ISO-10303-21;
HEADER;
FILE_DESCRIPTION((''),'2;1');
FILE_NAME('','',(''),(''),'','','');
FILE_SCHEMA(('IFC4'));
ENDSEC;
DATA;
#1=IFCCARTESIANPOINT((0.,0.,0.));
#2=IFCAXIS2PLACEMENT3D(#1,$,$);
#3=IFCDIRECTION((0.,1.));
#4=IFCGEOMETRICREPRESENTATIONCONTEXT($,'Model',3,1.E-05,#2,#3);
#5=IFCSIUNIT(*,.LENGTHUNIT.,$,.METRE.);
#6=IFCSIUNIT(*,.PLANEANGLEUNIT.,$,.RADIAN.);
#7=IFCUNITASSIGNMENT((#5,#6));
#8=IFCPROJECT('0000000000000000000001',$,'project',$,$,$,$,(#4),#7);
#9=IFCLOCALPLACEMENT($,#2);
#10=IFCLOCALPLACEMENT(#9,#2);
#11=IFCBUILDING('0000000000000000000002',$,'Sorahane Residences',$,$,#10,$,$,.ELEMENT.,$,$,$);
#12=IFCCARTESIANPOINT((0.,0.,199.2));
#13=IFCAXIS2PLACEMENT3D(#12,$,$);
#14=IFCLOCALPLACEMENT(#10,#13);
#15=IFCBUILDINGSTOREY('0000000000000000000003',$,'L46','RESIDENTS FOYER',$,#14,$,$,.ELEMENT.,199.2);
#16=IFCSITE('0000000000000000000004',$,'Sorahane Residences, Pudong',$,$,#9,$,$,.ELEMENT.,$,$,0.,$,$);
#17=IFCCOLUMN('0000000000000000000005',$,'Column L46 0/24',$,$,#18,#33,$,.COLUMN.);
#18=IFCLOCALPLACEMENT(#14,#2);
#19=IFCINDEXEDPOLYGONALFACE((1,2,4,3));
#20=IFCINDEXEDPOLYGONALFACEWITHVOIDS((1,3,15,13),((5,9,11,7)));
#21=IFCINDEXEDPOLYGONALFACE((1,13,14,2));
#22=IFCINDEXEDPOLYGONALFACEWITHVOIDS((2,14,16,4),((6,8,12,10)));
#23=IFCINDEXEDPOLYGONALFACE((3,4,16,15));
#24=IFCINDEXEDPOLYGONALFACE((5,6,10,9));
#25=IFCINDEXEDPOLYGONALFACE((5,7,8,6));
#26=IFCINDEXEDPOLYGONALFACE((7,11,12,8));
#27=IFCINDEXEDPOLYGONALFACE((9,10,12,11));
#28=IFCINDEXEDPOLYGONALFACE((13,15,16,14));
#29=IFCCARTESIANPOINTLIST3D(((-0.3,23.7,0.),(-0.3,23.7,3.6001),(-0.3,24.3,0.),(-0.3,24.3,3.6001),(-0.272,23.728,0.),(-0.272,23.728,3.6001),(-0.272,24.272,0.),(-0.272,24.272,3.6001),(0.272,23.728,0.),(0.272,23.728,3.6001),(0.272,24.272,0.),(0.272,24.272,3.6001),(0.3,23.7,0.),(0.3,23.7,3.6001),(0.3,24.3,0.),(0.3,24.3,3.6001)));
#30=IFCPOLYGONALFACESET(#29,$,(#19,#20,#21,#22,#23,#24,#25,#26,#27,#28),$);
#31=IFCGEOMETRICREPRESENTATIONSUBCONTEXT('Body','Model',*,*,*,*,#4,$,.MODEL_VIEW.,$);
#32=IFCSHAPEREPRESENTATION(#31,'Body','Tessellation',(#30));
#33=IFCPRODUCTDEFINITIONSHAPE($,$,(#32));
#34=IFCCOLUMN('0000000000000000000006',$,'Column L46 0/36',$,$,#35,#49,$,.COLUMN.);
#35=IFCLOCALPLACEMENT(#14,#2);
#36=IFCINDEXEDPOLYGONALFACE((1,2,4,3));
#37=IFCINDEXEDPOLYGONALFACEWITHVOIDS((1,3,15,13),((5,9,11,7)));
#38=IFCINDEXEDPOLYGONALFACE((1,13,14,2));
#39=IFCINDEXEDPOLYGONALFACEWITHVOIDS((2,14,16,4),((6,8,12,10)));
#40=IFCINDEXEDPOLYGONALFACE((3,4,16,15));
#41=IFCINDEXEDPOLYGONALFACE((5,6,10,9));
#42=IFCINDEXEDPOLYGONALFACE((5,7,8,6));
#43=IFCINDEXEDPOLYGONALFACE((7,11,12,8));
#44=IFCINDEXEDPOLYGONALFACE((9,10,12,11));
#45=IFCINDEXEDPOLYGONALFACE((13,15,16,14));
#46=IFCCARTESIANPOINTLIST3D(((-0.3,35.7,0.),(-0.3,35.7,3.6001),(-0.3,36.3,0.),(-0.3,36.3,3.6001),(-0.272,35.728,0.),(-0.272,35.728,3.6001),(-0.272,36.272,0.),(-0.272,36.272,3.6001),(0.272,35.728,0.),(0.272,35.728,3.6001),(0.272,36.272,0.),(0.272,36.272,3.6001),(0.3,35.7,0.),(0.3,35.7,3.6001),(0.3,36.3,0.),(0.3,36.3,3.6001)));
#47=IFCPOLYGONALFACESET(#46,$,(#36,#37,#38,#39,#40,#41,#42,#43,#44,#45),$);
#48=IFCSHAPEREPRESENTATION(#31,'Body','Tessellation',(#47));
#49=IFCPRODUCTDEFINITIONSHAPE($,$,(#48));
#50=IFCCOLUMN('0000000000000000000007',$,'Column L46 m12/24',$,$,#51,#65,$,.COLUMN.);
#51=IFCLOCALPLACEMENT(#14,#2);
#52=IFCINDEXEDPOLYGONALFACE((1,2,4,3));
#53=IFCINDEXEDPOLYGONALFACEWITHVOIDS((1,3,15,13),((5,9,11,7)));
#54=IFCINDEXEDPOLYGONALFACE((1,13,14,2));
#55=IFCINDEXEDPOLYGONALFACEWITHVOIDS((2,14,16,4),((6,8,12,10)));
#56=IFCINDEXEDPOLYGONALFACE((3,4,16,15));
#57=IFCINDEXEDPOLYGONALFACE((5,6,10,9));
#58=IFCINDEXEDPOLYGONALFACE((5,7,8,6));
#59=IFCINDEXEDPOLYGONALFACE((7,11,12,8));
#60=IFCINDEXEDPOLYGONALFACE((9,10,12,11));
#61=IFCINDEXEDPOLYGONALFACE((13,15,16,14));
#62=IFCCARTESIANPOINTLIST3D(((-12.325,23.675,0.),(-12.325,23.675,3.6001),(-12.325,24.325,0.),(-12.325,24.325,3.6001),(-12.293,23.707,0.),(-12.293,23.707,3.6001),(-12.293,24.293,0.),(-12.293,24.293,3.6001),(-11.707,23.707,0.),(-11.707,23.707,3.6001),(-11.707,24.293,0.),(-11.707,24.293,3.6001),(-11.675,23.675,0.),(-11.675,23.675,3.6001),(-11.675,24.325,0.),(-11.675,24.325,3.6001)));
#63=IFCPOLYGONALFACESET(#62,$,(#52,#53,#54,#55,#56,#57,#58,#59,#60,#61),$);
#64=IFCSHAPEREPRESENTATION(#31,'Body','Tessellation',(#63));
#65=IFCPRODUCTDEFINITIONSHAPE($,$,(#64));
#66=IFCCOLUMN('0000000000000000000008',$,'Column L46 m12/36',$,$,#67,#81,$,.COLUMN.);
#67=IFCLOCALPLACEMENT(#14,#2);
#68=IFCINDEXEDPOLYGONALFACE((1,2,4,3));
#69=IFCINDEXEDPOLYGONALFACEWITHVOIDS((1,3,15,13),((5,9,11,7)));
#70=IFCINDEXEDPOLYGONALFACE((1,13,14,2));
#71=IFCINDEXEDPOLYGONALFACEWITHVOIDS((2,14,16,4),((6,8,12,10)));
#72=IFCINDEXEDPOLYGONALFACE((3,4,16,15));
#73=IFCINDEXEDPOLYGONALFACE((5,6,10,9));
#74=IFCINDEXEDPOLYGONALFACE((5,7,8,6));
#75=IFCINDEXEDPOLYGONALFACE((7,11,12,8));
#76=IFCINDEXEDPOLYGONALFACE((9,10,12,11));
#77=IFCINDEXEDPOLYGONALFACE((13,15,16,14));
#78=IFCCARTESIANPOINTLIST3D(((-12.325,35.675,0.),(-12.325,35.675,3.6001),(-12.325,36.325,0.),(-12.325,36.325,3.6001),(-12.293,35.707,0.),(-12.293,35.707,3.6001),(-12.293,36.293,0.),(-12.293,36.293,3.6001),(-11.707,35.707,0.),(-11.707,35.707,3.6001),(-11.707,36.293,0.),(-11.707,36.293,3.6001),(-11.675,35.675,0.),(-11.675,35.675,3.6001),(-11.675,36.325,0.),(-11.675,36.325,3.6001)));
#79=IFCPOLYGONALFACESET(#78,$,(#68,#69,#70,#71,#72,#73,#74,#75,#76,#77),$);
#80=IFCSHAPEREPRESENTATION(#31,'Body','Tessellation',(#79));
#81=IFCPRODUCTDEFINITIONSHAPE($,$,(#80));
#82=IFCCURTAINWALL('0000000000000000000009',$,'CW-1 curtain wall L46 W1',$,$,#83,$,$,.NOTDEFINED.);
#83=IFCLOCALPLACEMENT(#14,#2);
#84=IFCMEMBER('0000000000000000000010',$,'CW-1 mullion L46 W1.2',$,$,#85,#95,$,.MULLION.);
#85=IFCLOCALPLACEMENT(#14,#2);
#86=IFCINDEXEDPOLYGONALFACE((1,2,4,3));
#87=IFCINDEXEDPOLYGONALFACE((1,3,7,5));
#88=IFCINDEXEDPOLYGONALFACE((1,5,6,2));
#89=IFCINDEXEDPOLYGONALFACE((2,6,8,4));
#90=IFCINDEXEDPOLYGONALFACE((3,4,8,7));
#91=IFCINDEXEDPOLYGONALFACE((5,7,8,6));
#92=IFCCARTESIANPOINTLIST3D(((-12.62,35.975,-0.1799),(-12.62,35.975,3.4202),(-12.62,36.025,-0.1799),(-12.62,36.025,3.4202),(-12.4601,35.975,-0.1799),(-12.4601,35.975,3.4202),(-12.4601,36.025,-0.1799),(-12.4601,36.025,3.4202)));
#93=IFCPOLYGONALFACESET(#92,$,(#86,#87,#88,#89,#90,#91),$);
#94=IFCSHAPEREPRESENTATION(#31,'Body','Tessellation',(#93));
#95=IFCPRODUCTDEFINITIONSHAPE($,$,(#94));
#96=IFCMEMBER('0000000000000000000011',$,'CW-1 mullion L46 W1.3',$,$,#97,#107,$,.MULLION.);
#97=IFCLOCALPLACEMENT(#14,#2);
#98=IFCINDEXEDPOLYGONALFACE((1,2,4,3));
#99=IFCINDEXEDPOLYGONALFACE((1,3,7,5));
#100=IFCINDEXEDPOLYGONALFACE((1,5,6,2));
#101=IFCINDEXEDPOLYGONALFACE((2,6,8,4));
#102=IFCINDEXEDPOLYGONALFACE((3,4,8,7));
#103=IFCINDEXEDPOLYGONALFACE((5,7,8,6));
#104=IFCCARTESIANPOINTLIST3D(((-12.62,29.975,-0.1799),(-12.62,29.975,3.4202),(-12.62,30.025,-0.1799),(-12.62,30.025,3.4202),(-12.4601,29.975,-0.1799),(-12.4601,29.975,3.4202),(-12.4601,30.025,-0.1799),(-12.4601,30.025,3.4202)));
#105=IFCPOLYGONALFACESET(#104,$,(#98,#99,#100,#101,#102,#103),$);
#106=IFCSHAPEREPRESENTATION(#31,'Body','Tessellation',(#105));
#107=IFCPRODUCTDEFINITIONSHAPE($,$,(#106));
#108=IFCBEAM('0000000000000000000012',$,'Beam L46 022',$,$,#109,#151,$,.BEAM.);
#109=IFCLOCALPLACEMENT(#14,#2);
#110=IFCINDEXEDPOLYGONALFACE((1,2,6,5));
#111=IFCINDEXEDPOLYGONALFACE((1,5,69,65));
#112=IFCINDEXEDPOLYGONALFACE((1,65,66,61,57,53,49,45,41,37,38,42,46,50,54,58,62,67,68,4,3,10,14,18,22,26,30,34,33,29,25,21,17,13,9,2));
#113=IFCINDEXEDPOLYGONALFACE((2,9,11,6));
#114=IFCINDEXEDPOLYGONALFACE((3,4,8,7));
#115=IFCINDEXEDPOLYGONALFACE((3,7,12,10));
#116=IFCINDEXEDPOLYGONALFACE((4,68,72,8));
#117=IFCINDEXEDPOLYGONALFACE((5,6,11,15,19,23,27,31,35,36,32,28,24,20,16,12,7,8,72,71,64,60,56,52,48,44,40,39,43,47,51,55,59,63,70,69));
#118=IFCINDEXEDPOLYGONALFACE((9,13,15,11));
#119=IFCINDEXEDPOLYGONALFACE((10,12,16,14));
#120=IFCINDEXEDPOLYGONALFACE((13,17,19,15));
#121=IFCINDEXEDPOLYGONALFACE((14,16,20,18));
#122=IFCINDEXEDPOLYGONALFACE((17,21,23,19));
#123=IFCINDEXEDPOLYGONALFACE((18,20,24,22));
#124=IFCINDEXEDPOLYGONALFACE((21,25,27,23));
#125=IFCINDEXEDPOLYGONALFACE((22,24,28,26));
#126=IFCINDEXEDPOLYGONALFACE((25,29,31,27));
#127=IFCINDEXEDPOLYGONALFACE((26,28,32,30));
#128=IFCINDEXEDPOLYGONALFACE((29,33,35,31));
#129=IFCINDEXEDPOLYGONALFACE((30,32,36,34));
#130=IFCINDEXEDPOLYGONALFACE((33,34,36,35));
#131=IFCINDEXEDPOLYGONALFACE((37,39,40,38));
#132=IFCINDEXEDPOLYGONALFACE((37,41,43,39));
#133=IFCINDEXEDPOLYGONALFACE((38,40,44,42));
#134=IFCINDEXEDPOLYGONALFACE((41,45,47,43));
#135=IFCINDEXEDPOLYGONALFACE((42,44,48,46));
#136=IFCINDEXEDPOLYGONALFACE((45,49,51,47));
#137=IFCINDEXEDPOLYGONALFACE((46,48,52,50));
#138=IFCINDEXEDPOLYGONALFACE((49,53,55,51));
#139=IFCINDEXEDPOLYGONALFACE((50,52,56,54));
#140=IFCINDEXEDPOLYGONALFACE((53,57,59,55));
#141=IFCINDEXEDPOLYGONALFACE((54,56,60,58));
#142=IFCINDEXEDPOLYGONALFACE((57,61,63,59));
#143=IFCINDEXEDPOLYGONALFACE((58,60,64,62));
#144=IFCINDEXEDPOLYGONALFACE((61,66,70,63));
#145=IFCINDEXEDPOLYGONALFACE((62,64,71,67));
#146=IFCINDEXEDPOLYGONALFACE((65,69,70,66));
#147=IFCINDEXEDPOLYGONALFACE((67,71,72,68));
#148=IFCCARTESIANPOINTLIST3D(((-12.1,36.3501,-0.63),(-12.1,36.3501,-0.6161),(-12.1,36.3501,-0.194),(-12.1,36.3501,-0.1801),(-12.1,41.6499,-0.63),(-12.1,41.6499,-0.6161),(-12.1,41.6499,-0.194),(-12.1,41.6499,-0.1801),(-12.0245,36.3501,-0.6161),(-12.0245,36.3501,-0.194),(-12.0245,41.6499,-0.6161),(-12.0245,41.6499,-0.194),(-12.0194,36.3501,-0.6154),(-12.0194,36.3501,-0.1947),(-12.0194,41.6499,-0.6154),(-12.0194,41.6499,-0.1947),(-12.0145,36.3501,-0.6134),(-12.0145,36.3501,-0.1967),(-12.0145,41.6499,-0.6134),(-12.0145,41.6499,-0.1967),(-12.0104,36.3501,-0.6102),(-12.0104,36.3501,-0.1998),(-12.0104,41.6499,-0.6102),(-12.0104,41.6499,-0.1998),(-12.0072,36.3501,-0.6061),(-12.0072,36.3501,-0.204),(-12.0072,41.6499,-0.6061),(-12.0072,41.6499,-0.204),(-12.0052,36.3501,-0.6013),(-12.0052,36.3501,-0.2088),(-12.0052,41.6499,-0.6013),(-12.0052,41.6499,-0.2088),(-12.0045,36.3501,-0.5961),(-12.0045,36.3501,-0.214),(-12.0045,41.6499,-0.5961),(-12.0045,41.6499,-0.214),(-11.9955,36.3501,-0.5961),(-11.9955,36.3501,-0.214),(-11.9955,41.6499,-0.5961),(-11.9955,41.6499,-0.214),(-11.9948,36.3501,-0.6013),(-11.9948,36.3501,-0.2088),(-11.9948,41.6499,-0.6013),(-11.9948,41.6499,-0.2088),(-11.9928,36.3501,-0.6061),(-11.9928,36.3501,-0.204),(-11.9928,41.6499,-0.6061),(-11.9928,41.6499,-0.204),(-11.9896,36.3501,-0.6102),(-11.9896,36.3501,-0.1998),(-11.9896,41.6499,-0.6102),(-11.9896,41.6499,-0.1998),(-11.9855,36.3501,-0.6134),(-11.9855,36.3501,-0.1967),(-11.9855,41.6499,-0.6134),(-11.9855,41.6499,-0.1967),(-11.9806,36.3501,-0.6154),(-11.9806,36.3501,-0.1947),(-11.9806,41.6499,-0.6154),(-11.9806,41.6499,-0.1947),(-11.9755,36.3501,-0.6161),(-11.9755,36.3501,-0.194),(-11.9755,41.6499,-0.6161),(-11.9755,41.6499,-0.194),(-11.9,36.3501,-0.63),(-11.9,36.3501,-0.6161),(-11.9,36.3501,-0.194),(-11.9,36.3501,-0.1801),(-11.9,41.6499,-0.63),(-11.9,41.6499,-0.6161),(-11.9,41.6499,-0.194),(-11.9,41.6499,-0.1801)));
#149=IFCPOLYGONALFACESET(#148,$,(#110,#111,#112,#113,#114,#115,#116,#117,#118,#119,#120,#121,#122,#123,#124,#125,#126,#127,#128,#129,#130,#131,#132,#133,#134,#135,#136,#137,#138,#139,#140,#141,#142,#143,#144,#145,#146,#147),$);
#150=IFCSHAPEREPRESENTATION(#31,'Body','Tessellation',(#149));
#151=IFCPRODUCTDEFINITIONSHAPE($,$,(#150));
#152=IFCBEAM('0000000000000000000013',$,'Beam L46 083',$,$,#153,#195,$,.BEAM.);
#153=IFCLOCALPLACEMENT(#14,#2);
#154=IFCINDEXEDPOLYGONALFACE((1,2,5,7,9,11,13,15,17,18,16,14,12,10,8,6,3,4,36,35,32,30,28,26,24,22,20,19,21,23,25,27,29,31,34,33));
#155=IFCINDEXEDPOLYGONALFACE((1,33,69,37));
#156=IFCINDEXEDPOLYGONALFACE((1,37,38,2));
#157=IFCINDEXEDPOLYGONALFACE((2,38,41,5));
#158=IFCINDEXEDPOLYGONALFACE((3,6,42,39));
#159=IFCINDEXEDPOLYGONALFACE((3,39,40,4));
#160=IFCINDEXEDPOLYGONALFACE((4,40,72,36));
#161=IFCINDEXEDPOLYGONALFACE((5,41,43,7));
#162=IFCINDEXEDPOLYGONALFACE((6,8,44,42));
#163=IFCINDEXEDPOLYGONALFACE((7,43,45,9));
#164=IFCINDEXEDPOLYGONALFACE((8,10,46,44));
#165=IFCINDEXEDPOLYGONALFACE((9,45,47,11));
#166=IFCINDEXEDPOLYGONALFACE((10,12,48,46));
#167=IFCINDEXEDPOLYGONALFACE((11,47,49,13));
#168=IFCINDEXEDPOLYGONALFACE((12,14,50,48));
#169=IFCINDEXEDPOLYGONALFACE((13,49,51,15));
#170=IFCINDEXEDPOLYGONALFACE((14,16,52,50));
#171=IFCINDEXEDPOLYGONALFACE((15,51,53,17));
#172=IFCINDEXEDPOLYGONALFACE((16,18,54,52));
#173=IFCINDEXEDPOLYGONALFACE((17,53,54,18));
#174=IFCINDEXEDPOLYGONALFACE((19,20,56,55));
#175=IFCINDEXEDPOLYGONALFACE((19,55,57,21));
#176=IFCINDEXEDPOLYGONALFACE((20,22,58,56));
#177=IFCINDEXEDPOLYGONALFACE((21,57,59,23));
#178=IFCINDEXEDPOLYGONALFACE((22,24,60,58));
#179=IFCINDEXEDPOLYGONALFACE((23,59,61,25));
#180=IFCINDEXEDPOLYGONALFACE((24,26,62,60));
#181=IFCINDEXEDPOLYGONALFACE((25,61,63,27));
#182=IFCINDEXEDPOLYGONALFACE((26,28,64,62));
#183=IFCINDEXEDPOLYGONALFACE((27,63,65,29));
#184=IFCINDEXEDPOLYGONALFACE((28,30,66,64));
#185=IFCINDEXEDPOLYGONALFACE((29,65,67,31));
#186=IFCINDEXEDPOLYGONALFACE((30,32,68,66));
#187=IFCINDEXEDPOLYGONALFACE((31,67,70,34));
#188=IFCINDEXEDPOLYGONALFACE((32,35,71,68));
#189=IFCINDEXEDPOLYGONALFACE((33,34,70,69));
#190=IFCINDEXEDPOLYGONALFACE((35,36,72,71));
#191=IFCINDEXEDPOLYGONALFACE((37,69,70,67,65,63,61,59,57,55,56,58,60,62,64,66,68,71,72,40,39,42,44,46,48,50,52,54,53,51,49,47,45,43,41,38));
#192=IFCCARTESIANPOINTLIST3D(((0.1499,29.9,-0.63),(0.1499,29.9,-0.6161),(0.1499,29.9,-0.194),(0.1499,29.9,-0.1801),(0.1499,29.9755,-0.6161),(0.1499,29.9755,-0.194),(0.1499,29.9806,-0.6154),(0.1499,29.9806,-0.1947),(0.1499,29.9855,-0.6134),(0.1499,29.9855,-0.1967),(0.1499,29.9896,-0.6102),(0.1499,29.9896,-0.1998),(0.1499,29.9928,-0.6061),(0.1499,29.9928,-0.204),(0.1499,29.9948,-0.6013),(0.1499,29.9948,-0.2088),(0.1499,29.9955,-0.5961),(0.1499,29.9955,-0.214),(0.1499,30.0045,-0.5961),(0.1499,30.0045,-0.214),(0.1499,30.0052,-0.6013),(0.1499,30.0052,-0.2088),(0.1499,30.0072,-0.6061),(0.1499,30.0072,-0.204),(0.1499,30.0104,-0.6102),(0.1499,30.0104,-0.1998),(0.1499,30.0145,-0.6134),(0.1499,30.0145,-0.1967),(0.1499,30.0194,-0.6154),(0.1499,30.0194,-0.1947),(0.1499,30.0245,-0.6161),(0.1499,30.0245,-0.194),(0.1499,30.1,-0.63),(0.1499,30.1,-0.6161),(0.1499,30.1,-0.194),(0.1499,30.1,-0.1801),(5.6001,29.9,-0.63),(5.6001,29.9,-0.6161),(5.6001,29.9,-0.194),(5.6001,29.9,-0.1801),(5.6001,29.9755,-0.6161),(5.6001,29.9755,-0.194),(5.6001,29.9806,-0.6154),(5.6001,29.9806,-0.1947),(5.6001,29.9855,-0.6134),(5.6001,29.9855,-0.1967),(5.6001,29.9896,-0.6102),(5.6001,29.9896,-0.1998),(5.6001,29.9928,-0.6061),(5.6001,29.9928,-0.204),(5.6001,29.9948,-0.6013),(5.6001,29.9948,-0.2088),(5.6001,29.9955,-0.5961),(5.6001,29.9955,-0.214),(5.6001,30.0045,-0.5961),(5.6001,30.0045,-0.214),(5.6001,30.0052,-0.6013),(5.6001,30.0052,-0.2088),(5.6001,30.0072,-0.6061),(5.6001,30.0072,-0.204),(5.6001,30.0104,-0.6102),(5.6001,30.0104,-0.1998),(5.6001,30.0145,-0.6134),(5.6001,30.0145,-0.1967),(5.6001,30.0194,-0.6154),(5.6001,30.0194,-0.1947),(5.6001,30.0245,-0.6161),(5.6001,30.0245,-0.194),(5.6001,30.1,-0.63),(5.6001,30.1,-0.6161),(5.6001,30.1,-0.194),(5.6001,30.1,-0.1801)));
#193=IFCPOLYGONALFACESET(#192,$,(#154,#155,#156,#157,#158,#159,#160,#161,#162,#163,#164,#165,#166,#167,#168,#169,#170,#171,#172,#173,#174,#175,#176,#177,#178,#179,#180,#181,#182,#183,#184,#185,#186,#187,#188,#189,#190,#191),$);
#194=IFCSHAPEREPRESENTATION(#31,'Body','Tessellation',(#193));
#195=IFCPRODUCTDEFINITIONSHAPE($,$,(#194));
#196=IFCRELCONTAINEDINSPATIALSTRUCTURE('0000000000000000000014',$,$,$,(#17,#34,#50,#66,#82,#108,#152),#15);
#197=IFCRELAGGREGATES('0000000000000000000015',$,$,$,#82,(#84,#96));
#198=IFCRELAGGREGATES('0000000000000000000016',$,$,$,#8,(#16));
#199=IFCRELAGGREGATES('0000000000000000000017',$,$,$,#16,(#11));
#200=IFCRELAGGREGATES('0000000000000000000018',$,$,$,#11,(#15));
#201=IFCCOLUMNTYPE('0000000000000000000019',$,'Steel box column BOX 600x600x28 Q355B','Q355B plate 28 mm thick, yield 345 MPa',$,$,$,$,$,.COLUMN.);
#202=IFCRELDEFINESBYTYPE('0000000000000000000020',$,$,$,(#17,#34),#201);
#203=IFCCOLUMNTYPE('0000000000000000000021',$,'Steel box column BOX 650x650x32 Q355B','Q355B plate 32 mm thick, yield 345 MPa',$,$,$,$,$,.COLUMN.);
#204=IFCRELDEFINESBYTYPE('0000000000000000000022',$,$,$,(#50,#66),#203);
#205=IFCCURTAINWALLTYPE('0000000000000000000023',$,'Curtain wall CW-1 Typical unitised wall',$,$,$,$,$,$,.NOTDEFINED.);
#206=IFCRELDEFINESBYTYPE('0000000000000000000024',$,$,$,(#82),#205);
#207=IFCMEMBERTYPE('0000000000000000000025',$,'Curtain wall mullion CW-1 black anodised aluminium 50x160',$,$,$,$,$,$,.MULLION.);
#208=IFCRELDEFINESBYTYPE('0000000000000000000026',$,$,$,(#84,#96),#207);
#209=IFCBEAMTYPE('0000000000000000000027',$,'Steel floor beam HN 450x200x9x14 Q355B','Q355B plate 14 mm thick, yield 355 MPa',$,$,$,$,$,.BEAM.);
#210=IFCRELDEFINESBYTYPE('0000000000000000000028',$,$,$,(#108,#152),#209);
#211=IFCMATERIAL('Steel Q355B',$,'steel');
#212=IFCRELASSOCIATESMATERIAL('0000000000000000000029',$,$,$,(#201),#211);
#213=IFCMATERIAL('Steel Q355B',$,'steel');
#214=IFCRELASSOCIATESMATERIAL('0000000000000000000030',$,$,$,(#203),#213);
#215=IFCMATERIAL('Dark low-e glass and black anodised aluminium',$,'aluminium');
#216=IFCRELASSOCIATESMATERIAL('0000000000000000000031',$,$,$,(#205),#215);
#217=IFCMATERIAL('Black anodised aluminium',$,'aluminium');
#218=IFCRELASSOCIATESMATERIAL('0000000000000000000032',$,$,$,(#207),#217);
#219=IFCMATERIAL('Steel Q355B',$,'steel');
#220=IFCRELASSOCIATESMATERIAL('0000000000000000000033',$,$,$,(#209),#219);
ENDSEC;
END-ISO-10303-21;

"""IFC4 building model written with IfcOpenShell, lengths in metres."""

from ifc_helpers import new_model, si_unit, direction, frame, origin, origin_2d, place, context, subcontext, project, spatial, rectangle, hollow_rectangle, i_section, extrude, material, material_profile, profile_set, type_object, element, aggregate, save


model = new_model("IFC4")

# Units and contexts
model_context = context("Model", 3, precision=1e-05, world=origin(), true_north=direction((0.0, 1.0)))
body_context = subcontext(model_context, "Body", "Model", "MODEL_VIEW")
ifc_project = project(units=[si_unit("LENGTHUNIT", "METRE"), si_unit("PLANEANGLEUNIT", "RADIAN")], contexts=[model_context])

# Site, building, storey
site_placement = place(None, origin())
site = spatial("IfcSite", under=ifc_project, at=site_placement, Name="Sorahane Residences, Pudong", CompositionType="ELEMENT", RefElevation=0.0)
building_placement = place(site_placement, origin())
building = spatial("IfcBuilding", under=site, at=building_placement, Name="Sorahane Residences", CompositionType="ELEMENT")
storey_placement = place(building_placement, frame((0.0, 0.0, 199.2)))
storey = spatial("IfcBuildingStorey", under=building, at=storey_placement, Name="L46", Description="RESIDENTS FOYER", CompositionType="ELEMENT", Elevation=199.2)

# Columns
ifc_material_1 = material(Name="Steel Q355B", Category="steel")
ifc_material_profile_1 = material_profile(ifc_material_1, hollow_rectangle(XDim=0.6001, YDim=0.6001, WallThickness=0.0281, at=origin_2d()), Name="BOX 600x600x28")
ifc_profile_set_1 = profile_set([ifc_material_profile_1], Name="Steel Q355B")
column_type_1 = type_object("IfcColumnType", Name="Steel box column BOX 600x600x28 Q355B", Description="Q355B plate 28 mm thick, yield 345 MPa", PredefinedType="COLUMN", material=ifc_profile_set_1)
for number, where, z_axis, x_axis, name in (
    (1, (0.0, 24.0, 0.0), (0.0, 0.0, 1.0), (1.0, 0.0, 0.0), "Column L46 0/24"),
    (2, (0.0, 36.0, 0.0), (0.0, 0.0, 1.0), (1.0, 0.0, 0.0), "Column L46 0/36"),
):
    element("IfcColumn", number, at=place(storey_placement, frame(where, z_axis=z_axis, x_axis=x_axis)), inside=storey, type_object=column_type_1, Name=name, PredefinedType="COLUMN", context=body_context, shape_type="SweptSolid", body=[
        extrude(hollow_rectangle(XDim=0.6001, YDim=0.6001, WallThickness=0.0281, at=origin_2d()), origin(), (0.0, 0.0, 1.0), 3.6001),
    ])
ifc_material_2 = material(Name="Steel Q355B", Category="steel")
ifc_material_profile_2 = material_profile(ifc_material_2, hollow_rectangle(XDim=0.6499, YDim=0.6499, WallThickness=0.032, at=origin_2d()), Name="BOX 650x650x32")
ifc_profile_set_2 = profile_set([ifc_material_profile_2], Name="Steel Q355B")
column_type_2 = type_object("IfcColumnType", Name="Steel box column BOX 650x650x32 Q355B", Description="Q355B plate 32 mm thick, yield 345 MPa", PredefinedType="COLUMN", material=ifc_profile_set_2)
for number, where, z_axis, x_axis, name in (
    (3, (-12.0, 24.0, 0.0), (0.0, 0.0, 1.0), (1.0, 0.0, 0.0), "Column L46 m12/24"),
    (4, (-12.0, 36.0, 0.0), (0.0, 0.0, 1.0), (1.0, 0.0, 0.0), "Column L46 m12/36"),
):
    element("IfcColumn", number, at=place(storey_placement, frame(where, z_axis=z_axis, x_axis=x_axis)), inside=storey, type_object=column_type_2, Name=name, PredefinedType="COLUMN", context=body_context, shape_type="SweptSolid", body=[
        extrude(hollow_rectangle(XDim=0.6499, YDim=0.6499, WallThickness=0.032, at=origin_2d()), origin(), (0.0, 0.0, 1.0), 3.6001),
    ])

# Curtain wall, members
ifc_material_3 = material(Name="Dark low-e glass and black anodised aluminium", Category="aluminium")
curtain_wall_type = type_object("IfcCurtainWallType", Name="Curtain wall CW-1 Typical unitised wall", PredefinedType="NOTDEFINED", material=ifc_material_3)
curtain_wall_placement = place(storey_placement, origin())
curtain_wall = element("IfcCurtainWall", 5, at=curtain_wall_placement, inside=storey, type_object=curtain_wall_type, Name="CW-1 curtain wall L46 W1", PredefinedType="NOTDEFINED")
ifc_material_4 = material(Name="Black anodised aluminium", Category="aluminium")
ifc_material_profile_3 = material_profile(ifc_material_4, rectangle(XDim=0.1599, YDim=0.05, at=origin_2d()), Name="Curtain wall mullion CW-1 black anodised aluminium 50x160")
ifc_profile_set_3 = profile_set([ifc_material_profile_3], Name="Black anodised aluminium")
member_type = type_object("IfcMemberType", Name="Curtain wall mullion CW-1 black anodised aluminium 50x160", PredefinedType="MULLION", material=ifc_profile_set_3)
member_1_placement = place(storey_placement, frame((-12.54, 36.0, -0.1799), z_axis=(0.0, 0.0, 1.0), x_axis=(-1.0, 0.0, 0.0)))
member_1 = element("IfcMember", 6, at=member_1_placement, type_object=member_type, Name="CW-1 mullion L46 W1.2", PredefinedType="MULLION", context=body_context, shape_type="SweptSolid", body=[
    extrude(rectangle(XDim=0.1599, YDim=0.05, at=origin_2d()), origin(), (0.0, 0.0, 1.0), 3.6001),
])
member_2_placement = place(storey_placement, frame((-12.54, 30.0, -0.1799), z_axis=(0.0, 0.0, 1.0), x_axis=(-1.0, 0.0, 0.0)))
member_2 = element("IfcMember", 7, at=member_2_placement, type_object=member_type, Name="CW-1 mullion L46 W1.3", PredefinedType="MULLION", context=body_context, shape_type="SweptSolid", body=[
    extrude(rectangle(XDim=0.1599, YDim=0.05, at=origin_2d()), origin(), (0.0, 0.0, 1.0), 3.6001),
])

# Beams
ifc_material_5 = material(Name="Steel Q355B", Category="steel")
ifc_material_profile_4 = material_profile(ifc_material_5, i_section(OverallWidth=0.2, OverallDepth=0.45, WebThickness=0.009, FlangeThickness=0.0139, FilletRadius=0.02, at=origin_2d()), Name="HN 450x200x9x14")
ifc_profile_set_4 = profile_set([ifc_material_profile_4], Name="Steel Q355B")
beam_type_1 = type_object("IfcBeamType", Name="Steel floor beam HN 450x200x9x14 Q355B", Description="Q355B plate 14 mm thick, yield 355 MPa", PredefinedType="BEAM", material=ifc_profile_set_4)
beam_1_placement = place(storey_placement, frame((-12.0, 36.3501, -0.405), z_axis=(0.0, 1.0, 0.0), x_axis=(-1.0, 0.0, 0.0)))
element("IfcBeam", 8, at=beam_1_placement, inside=storey, type_object=beam_type_1, Name="Beam L46 022", PredefinedType="BEAM", context=body_context, shape_type="SweptSolid", body=[
    extrude(i_section(OverallWidth=0.2, OverallDepth=0.45, WebThickness=0.009, FlangeThickness=0.0139, FilletRadius=0.02, at=origin_2d()), origin(), (0.0, 0.0, 1.0), 5.2998),
])
beam_2_placement = place(storey_placement, frame((0.1499, 30.0, -0.405), z_axis=(1.0, 0.0, 0.0), x_axis=(0.0, 1.0, 0.0)))
element("IfcBeam", 9, at=beam_2_placement, inside=storey, type_object=beam_type_1, Name="Beam L46 083", PredefinedType="BEAM", context=body_context, shape_type="SweptSolid", body=[
    extrude(i_section(OverallWidth=0.2, OverallDepth=0.45, WebThickness=0.009, FlangeThickness=0.0139, FilletRadius=0.02, at=origin_2d()), origin(), (0.0, 0.0, 1.0), 5.4502),
])

aggregate(curtain_wall, [member_1, member_2])

save(model, "model.ifc")
